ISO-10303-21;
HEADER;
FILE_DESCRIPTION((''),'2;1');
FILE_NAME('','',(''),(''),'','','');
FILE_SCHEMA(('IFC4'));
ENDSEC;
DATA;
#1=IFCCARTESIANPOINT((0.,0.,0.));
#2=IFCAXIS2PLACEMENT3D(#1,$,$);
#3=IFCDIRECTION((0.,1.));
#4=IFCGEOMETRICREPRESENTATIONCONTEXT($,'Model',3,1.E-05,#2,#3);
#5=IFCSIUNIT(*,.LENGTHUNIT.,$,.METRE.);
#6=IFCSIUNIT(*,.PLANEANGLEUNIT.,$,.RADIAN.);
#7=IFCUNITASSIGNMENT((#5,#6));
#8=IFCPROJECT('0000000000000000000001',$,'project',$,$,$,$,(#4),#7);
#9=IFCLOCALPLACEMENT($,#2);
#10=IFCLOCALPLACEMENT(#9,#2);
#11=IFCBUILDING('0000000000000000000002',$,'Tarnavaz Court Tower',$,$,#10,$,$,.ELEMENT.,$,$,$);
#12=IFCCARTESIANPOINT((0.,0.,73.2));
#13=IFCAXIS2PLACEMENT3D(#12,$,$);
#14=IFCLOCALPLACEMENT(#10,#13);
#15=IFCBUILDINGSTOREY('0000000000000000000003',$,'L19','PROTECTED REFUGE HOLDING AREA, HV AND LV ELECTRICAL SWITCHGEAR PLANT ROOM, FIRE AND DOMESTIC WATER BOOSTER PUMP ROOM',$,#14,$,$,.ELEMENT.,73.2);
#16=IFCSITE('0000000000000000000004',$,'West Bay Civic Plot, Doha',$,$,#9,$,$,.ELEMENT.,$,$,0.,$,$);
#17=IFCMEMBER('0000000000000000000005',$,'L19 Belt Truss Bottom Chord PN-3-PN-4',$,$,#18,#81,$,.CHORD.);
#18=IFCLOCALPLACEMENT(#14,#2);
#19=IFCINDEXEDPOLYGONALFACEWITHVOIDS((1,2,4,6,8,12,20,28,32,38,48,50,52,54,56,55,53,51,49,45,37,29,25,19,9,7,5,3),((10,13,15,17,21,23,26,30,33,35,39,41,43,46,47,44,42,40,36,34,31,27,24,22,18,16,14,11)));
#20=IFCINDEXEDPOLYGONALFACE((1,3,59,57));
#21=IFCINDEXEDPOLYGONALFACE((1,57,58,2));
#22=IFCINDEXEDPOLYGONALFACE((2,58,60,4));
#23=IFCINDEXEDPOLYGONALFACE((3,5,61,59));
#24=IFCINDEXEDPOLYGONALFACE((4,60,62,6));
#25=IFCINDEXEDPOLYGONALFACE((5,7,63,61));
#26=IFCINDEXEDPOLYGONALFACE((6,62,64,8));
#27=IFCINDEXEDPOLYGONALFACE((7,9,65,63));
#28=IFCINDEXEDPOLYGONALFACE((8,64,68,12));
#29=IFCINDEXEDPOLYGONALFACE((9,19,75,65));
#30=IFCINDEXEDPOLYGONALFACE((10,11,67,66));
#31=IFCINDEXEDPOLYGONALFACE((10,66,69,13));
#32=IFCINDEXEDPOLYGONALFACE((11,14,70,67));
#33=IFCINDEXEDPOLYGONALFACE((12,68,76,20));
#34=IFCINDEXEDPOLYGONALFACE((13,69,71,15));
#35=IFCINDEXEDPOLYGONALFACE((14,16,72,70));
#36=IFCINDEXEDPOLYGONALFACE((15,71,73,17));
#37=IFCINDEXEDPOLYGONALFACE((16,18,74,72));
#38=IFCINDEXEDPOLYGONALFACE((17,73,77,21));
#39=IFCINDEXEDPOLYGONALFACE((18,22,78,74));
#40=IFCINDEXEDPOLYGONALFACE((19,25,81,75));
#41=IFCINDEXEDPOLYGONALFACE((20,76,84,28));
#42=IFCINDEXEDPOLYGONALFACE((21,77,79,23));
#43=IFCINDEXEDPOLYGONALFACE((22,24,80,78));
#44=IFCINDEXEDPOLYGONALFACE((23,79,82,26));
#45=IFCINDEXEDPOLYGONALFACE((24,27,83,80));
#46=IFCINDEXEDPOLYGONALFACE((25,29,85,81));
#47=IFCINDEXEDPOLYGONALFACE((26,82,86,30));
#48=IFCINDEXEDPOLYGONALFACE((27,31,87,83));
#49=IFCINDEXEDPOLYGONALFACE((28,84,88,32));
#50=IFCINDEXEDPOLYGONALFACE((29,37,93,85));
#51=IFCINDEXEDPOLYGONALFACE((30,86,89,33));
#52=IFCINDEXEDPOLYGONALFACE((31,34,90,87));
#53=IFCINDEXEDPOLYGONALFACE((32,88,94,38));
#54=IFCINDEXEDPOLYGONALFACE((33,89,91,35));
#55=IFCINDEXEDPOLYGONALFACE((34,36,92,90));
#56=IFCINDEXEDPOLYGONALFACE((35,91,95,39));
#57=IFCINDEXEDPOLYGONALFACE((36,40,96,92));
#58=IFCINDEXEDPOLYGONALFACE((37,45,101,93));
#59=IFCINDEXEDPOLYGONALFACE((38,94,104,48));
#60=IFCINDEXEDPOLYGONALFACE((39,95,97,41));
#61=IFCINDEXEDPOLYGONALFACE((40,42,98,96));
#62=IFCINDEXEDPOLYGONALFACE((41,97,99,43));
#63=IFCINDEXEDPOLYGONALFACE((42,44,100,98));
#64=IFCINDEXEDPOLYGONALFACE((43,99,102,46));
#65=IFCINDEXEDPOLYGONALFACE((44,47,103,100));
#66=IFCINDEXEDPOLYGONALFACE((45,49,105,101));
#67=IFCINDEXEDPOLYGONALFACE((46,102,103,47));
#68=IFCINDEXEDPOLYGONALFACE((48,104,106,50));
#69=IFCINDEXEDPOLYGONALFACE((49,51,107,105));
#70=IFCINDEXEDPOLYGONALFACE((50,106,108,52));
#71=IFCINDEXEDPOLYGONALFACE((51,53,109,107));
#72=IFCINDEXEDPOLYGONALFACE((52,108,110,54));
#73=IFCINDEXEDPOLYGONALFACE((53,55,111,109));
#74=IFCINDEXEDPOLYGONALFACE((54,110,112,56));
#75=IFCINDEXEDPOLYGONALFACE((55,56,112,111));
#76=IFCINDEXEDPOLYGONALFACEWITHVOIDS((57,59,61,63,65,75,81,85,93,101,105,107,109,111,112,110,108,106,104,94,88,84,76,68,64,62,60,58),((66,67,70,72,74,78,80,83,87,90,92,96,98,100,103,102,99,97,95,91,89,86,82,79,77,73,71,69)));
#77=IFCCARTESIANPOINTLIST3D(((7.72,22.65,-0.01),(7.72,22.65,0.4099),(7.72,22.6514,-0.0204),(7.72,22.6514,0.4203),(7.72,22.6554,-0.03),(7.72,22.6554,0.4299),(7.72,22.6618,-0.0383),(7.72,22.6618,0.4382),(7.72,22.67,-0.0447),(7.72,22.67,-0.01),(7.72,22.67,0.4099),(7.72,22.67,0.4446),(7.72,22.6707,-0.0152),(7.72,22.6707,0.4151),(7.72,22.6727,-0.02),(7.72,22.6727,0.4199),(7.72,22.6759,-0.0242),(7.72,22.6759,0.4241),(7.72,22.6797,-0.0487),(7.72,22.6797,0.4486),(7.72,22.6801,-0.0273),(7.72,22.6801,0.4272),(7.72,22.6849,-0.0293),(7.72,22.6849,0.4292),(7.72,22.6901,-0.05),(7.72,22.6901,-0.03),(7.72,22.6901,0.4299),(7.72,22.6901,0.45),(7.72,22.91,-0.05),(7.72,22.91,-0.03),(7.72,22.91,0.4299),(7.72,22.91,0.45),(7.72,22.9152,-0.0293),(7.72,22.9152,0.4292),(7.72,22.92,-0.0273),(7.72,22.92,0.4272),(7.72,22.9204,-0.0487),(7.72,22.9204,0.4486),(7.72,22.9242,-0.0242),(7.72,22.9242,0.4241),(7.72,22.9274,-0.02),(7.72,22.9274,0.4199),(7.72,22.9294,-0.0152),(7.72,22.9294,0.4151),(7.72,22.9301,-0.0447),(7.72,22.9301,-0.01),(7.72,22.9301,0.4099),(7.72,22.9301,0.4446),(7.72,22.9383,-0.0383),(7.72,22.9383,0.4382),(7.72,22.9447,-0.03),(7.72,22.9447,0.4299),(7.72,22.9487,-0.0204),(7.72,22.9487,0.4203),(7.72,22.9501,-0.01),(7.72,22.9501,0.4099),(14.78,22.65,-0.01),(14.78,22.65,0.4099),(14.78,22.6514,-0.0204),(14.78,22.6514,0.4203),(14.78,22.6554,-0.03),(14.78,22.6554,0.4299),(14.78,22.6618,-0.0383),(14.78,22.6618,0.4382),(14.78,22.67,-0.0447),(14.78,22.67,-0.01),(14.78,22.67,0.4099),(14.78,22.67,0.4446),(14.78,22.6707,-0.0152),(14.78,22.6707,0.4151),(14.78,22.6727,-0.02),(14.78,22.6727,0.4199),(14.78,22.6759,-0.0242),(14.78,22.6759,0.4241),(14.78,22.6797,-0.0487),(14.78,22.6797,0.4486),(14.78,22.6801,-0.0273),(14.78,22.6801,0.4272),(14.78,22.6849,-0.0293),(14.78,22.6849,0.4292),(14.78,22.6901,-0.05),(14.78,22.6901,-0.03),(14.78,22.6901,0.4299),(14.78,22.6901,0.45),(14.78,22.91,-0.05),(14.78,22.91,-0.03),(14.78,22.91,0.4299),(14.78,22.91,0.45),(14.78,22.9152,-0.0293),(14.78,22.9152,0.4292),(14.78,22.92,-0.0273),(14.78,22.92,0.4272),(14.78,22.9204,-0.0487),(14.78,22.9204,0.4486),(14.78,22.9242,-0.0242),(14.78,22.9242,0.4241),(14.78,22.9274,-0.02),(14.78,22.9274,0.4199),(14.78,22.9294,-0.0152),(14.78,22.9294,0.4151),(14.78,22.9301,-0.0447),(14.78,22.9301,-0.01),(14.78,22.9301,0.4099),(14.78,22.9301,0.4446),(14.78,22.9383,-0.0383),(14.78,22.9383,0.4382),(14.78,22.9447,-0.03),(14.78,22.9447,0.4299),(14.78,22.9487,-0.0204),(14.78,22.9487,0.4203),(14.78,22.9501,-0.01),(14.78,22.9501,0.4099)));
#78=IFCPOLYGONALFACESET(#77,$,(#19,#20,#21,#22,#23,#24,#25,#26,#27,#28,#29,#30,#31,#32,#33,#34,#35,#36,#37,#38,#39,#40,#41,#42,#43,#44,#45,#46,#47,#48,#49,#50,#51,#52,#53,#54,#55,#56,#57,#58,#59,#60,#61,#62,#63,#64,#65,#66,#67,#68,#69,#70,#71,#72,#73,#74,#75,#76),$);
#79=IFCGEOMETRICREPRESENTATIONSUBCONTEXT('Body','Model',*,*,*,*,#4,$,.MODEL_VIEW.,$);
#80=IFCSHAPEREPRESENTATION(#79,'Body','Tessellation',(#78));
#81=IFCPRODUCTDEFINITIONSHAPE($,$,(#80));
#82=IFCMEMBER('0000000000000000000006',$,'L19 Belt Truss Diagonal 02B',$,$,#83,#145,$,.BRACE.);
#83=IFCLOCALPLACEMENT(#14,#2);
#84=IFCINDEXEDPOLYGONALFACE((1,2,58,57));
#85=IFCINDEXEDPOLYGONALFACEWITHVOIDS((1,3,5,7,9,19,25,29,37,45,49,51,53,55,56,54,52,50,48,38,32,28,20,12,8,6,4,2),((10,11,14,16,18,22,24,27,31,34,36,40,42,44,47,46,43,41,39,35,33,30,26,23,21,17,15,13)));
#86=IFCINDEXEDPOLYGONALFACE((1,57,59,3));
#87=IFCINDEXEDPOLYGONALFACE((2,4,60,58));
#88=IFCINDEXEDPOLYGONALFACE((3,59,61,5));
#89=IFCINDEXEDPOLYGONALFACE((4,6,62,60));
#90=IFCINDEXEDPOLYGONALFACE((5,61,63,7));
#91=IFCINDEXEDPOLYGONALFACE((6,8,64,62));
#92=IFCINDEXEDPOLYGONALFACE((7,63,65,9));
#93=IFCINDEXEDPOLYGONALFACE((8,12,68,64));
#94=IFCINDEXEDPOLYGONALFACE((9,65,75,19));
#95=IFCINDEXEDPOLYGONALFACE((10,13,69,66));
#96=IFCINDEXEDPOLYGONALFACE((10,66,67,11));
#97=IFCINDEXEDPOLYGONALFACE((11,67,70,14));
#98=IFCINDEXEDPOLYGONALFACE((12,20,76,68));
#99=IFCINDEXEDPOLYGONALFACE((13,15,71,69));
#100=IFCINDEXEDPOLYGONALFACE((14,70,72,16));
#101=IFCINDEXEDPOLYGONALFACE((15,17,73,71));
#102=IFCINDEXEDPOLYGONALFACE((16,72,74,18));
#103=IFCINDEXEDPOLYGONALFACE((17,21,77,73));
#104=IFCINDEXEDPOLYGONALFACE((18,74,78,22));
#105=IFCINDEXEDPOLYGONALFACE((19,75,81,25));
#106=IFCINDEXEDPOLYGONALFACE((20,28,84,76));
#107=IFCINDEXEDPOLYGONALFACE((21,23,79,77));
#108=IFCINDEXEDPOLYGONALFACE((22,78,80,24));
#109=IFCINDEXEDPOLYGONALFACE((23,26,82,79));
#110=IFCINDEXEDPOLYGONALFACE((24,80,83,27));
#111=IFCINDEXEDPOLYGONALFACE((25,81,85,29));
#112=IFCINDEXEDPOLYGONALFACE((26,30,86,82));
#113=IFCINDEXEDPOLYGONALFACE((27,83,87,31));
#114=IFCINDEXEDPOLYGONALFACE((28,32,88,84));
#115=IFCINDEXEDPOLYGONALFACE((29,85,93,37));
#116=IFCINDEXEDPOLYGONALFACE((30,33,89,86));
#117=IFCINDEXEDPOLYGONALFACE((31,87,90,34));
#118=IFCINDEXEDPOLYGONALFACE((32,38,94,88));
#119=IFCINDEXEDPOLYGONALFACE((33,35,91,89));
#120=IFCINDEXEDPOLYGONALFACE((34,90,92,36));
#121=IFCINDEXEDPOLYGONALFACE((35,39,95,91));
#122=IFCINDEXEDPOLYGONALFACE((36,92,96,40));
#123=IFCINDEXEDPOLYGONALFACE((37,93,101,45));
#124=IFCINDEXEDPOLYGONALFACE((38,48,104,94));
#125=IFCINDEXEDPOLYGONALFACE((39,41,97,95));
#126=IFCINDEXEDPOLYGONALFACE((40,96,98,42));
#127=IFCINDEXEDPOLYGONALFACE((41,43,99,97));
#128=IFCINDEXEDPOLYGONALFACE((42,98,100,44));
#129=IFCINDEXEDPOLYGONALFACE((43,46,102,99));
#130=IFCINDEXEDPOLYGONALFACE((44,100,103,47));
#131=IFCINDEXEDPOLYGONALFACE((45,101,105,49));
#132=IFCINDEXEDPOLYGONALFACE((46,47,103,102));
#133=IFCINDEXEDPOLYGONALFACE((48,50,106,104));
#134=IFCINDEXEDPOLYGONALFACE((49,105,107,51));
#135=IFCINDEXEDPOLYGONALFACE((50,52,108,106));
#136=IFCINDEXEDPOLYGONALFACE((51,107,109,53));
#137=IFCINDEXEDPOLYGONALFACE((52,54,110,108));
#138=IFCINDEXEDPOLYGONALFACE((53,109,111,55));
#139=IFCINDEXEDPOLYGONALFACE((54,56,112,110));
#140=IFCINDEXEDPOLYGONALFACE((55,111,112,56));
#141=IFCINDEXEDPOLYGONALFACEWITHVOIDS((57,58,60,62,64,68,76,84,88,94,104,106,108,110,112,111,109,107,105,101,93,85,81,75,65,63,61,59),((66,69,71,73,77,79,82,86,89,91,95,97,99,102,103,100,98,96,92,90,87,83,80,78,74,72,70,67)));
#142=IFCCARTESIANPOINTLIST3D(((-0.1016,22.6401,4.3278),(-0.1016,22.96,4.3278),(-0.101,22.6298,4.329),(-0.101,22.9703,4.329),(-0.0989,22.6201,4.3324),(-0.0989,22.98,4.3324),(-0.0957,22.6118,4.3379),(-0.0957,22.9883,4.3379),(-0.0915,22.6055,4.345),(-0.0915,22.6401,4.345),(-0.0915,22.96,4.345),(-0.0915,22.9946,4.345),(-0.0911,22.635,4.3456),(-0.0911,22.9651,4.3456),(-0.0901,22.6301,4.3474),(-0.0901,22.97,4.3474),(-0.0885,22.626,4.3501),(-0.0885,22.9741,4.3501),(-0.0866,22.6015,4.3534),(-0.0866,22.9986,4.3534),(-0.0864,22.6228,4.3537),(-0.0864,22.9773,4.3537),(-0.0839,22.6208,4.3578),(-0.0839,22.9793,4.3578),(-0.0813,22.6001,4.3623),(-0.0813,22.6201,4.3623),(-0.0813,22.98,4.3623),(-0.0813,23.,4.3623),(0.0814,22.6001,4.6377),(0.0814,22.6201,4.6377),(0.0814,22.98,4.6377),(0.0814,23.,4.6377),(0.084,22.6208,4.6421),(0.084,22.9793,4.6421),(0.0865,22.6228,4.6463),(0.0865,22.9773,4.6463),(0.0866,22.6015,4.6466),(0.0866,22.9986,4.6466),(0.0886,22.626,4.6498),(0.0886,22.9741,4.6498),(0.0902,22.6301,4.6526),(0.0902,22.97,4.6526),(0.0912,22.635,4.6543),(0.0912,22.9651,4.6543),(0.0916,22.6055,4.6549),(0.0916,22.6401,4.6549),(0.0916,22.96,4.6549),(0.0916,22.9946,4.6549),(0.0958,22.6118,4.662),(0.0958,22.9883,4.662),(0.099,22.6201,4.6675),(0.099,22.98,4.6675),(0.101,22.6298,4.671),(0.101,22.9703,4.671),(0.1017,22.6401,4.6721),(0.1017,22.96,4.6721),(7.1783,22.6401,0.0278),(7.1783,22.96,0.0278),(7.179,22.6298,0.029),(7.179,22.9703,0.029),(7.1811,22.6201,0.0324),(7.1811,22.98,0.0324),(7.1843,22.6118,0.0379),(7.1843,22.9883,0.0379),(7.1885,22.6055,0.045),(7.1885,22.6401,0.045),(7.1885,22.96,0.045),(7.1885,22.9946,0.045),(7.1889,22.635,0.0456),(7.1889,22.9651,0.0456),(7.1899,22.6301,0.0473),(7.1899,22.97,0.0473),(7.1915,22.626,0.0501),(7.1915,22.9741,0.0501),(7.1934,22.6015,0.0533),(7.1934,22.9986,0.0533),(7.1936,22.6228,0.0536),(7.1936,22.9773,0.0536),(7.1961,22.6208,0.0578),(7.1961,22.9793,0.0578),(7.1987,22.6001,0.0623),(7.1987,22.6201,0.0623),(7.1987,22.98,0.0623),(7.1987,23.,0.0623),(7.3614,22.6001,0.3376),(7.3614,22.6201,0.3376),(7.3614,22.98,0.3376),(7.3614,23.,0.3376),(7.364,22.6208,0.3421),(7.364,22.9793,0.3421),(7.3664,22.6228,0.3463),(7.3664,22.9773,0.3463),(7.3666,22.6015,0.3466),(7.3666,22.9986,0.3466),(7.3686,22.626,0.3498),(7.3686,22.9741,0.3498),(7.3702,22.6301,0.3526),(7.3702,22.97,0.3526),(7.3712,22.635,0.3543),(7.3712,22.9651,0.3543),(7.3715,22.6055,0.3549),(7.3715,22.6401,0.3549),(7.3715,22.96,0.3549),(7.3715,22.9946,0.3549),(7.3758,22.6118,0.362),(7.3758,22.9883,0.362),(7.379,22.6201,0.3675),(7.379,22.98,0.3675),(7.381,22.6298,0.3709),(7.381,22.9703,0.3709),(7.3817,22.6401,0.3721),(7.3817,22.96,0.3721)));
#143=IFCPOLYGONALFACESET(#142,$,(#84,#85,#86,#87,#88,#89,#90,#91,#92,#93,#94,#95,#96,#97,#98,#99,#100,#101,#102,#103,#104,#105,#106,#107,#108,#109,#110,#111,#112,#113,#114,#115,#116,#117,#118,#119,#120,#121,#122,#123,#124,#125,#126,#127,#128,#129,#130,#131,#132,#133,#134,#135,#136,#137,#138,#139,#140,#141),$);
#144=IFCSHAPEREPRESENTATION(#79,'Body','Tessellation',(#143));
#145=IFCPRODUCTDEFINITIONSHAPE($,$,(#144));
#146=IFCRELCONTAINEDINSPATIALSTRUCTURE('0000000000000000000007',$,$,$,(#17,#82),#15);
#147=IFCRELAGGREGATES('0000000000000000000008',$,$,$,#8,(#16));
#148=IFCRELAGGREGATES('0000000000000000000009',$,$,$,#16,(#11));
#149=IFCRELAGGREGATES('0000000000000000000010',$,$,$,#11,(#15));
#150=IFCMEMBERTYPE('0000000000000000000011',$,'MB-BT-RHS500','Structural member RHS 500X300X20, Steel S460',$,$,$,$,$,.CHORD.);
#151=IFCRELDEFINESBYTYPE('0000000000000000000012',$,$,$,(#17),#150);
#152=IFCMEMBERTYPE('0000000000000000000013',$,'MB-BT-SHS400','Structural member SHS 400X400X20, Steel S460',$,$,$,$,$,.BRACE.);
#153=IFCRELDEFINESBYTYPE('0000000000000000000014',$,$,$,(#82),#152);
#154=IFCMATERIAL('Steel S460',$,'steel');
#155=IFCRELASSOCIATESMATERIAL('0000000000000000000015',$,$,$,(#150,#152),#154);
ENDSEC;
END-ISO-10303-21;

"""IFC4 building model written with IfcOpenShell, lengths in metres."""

from ifc_helpers import new_model, si_unit, direction, frame, origin, origin_2d, place, context, subcontext, project, spatial, hollow_rectangle, extrude, material, material_profile, profile_set, type_object, element, save


model = new_model("IFC4")

# Units and contexts
model_context = context("Model", 3, precision=1e-05, world=origin(), true_north=direction((0.0, 1.0)))
body_context = subcontext(model_context, "Body", "Model", "MODEL_VIEW")
ifc_project = project(units=[si_unit("LENGTHUNIT", "METRE"), si_unit("PLANEANGLEUNIT", "RADIAN")], contexts=[model_context])

# Site, building, storey
site_placement = place(None, origin())
site = spatial("IfcSite", under=ifc_project, at=site_placement, Name="West Bay Civic Plot, Doha", CompositionType="ELEMENT", RefElevation=0.0)
building_placement = place(site_placement, origin())
building = spatial("IfcBuilding", under=site, at=building_placement, Name="Tarnavaz Court Tower", CompositionType="ELEMENT")
storey_placement = place(building_placement, frame((0.0, 0.0, 73.2)))
storey = spatial("IfcBuildingStorey", under=building, at=storey_placement, Name="L19", Description="PROTECTED REFUGE HOLDING AREA, HV AND LV ELECTRICAL SWITCHGEAR PLANT ROOM, FIRE AND DOMESTIC WATER BOOSTER PUMP ROOM", CompositionType="ELEMENT", Elevation=73.2)

# Shared definitions
ifc_material_1 = material(Name="Steel S460", Category="steel")

# Members
ifc_material_profile_1 = material_profile(ifc_material_1, hollow_rectangle(XDim=0.3, YDim=0.5, WallThickness=0.02, InnerFilletRadius=0.02, OuterFilletRadius=0.04, at=origin_2d()), Name="RHS 500X300X20")
ifc_profile_set_1 = profile_set([ifc_material_profile_1], Name="Steel S460")
member_type_1 = type_object("IfcMemberType", Name="MB-BT-RHS500", Description="Structural member RHS 500X300X20, Steel S460", PredefinedType="CHORD", material=ifc_profile_set_1)
member_1_placement = place(storey_placement, frame((7.72, 22.8, 0.2), z_axis=(1.0, 0.0, 0.0), x_axis=(0.0, 1.0, 0.0)))
element("IfcMember", 1, at=member_1_placement, inside=storey, type_object=member_type_1, Name="L19 Belt Truss Bottom Chord PN-3-PN-4", PredefinedType="CHORD", context=body_context, shape_type="SweptSolid", body=[
    extrude(hollow_rectangle(XDim=0.3, YDim=0.5, WallThickness=0.02, InnerFilletRadius=0.02, OuterFilletRadius=0.04, at=origin_2d()), origin(), (0.0, 0.0, 1.0), 7.0601),
])
ifc_material_profile_2 = material_profile(ifc_material_1, hollow_rectangle(XDim=0.3999, YDim=0.3999, WallThickness=0.02, InnerFilletRadius=0.02, OuterFilletRadius=0.04, at=origin_2d()), Name="SHS 400X400X20")
ifc_profile_set_2 = profile_set([ifc_material_profile_2], Name="Steel S460")
member_type_2 = type_object("IfcMemberType", Name="MB-BT-SHS400", Description="Structural member SHS 400X400X20, Steel S460", PredefinedType="BRACE", material=ifc_profile_set_2)
member_2_placement = place(storey_placement, frame((7.28, 22.8, 0.2), z_axis=(-0.861019, 0.0, 0.508573), x_axis=(0.0, -1.0, 0.0)))
element("IfcMember", 2, at=member_2_placement, inside=storey, type_object=member_type_2, Name="L19 Belt Truss Diagonal 02B", PredefinedType="BRACE", context=body_context, shape_type="SweptSolid", body=[
    extrude(hollow_rectangle(XDim=0.3999, YDim=0.3999, WallThickness=0.02, InnerFilletRadius=0.02, OuterFilletRadius=0.04, at=origin_2d()), origin(), (0.0, 0.0, 1.0), 8.4551),
])

save(model, "model.ifc")
